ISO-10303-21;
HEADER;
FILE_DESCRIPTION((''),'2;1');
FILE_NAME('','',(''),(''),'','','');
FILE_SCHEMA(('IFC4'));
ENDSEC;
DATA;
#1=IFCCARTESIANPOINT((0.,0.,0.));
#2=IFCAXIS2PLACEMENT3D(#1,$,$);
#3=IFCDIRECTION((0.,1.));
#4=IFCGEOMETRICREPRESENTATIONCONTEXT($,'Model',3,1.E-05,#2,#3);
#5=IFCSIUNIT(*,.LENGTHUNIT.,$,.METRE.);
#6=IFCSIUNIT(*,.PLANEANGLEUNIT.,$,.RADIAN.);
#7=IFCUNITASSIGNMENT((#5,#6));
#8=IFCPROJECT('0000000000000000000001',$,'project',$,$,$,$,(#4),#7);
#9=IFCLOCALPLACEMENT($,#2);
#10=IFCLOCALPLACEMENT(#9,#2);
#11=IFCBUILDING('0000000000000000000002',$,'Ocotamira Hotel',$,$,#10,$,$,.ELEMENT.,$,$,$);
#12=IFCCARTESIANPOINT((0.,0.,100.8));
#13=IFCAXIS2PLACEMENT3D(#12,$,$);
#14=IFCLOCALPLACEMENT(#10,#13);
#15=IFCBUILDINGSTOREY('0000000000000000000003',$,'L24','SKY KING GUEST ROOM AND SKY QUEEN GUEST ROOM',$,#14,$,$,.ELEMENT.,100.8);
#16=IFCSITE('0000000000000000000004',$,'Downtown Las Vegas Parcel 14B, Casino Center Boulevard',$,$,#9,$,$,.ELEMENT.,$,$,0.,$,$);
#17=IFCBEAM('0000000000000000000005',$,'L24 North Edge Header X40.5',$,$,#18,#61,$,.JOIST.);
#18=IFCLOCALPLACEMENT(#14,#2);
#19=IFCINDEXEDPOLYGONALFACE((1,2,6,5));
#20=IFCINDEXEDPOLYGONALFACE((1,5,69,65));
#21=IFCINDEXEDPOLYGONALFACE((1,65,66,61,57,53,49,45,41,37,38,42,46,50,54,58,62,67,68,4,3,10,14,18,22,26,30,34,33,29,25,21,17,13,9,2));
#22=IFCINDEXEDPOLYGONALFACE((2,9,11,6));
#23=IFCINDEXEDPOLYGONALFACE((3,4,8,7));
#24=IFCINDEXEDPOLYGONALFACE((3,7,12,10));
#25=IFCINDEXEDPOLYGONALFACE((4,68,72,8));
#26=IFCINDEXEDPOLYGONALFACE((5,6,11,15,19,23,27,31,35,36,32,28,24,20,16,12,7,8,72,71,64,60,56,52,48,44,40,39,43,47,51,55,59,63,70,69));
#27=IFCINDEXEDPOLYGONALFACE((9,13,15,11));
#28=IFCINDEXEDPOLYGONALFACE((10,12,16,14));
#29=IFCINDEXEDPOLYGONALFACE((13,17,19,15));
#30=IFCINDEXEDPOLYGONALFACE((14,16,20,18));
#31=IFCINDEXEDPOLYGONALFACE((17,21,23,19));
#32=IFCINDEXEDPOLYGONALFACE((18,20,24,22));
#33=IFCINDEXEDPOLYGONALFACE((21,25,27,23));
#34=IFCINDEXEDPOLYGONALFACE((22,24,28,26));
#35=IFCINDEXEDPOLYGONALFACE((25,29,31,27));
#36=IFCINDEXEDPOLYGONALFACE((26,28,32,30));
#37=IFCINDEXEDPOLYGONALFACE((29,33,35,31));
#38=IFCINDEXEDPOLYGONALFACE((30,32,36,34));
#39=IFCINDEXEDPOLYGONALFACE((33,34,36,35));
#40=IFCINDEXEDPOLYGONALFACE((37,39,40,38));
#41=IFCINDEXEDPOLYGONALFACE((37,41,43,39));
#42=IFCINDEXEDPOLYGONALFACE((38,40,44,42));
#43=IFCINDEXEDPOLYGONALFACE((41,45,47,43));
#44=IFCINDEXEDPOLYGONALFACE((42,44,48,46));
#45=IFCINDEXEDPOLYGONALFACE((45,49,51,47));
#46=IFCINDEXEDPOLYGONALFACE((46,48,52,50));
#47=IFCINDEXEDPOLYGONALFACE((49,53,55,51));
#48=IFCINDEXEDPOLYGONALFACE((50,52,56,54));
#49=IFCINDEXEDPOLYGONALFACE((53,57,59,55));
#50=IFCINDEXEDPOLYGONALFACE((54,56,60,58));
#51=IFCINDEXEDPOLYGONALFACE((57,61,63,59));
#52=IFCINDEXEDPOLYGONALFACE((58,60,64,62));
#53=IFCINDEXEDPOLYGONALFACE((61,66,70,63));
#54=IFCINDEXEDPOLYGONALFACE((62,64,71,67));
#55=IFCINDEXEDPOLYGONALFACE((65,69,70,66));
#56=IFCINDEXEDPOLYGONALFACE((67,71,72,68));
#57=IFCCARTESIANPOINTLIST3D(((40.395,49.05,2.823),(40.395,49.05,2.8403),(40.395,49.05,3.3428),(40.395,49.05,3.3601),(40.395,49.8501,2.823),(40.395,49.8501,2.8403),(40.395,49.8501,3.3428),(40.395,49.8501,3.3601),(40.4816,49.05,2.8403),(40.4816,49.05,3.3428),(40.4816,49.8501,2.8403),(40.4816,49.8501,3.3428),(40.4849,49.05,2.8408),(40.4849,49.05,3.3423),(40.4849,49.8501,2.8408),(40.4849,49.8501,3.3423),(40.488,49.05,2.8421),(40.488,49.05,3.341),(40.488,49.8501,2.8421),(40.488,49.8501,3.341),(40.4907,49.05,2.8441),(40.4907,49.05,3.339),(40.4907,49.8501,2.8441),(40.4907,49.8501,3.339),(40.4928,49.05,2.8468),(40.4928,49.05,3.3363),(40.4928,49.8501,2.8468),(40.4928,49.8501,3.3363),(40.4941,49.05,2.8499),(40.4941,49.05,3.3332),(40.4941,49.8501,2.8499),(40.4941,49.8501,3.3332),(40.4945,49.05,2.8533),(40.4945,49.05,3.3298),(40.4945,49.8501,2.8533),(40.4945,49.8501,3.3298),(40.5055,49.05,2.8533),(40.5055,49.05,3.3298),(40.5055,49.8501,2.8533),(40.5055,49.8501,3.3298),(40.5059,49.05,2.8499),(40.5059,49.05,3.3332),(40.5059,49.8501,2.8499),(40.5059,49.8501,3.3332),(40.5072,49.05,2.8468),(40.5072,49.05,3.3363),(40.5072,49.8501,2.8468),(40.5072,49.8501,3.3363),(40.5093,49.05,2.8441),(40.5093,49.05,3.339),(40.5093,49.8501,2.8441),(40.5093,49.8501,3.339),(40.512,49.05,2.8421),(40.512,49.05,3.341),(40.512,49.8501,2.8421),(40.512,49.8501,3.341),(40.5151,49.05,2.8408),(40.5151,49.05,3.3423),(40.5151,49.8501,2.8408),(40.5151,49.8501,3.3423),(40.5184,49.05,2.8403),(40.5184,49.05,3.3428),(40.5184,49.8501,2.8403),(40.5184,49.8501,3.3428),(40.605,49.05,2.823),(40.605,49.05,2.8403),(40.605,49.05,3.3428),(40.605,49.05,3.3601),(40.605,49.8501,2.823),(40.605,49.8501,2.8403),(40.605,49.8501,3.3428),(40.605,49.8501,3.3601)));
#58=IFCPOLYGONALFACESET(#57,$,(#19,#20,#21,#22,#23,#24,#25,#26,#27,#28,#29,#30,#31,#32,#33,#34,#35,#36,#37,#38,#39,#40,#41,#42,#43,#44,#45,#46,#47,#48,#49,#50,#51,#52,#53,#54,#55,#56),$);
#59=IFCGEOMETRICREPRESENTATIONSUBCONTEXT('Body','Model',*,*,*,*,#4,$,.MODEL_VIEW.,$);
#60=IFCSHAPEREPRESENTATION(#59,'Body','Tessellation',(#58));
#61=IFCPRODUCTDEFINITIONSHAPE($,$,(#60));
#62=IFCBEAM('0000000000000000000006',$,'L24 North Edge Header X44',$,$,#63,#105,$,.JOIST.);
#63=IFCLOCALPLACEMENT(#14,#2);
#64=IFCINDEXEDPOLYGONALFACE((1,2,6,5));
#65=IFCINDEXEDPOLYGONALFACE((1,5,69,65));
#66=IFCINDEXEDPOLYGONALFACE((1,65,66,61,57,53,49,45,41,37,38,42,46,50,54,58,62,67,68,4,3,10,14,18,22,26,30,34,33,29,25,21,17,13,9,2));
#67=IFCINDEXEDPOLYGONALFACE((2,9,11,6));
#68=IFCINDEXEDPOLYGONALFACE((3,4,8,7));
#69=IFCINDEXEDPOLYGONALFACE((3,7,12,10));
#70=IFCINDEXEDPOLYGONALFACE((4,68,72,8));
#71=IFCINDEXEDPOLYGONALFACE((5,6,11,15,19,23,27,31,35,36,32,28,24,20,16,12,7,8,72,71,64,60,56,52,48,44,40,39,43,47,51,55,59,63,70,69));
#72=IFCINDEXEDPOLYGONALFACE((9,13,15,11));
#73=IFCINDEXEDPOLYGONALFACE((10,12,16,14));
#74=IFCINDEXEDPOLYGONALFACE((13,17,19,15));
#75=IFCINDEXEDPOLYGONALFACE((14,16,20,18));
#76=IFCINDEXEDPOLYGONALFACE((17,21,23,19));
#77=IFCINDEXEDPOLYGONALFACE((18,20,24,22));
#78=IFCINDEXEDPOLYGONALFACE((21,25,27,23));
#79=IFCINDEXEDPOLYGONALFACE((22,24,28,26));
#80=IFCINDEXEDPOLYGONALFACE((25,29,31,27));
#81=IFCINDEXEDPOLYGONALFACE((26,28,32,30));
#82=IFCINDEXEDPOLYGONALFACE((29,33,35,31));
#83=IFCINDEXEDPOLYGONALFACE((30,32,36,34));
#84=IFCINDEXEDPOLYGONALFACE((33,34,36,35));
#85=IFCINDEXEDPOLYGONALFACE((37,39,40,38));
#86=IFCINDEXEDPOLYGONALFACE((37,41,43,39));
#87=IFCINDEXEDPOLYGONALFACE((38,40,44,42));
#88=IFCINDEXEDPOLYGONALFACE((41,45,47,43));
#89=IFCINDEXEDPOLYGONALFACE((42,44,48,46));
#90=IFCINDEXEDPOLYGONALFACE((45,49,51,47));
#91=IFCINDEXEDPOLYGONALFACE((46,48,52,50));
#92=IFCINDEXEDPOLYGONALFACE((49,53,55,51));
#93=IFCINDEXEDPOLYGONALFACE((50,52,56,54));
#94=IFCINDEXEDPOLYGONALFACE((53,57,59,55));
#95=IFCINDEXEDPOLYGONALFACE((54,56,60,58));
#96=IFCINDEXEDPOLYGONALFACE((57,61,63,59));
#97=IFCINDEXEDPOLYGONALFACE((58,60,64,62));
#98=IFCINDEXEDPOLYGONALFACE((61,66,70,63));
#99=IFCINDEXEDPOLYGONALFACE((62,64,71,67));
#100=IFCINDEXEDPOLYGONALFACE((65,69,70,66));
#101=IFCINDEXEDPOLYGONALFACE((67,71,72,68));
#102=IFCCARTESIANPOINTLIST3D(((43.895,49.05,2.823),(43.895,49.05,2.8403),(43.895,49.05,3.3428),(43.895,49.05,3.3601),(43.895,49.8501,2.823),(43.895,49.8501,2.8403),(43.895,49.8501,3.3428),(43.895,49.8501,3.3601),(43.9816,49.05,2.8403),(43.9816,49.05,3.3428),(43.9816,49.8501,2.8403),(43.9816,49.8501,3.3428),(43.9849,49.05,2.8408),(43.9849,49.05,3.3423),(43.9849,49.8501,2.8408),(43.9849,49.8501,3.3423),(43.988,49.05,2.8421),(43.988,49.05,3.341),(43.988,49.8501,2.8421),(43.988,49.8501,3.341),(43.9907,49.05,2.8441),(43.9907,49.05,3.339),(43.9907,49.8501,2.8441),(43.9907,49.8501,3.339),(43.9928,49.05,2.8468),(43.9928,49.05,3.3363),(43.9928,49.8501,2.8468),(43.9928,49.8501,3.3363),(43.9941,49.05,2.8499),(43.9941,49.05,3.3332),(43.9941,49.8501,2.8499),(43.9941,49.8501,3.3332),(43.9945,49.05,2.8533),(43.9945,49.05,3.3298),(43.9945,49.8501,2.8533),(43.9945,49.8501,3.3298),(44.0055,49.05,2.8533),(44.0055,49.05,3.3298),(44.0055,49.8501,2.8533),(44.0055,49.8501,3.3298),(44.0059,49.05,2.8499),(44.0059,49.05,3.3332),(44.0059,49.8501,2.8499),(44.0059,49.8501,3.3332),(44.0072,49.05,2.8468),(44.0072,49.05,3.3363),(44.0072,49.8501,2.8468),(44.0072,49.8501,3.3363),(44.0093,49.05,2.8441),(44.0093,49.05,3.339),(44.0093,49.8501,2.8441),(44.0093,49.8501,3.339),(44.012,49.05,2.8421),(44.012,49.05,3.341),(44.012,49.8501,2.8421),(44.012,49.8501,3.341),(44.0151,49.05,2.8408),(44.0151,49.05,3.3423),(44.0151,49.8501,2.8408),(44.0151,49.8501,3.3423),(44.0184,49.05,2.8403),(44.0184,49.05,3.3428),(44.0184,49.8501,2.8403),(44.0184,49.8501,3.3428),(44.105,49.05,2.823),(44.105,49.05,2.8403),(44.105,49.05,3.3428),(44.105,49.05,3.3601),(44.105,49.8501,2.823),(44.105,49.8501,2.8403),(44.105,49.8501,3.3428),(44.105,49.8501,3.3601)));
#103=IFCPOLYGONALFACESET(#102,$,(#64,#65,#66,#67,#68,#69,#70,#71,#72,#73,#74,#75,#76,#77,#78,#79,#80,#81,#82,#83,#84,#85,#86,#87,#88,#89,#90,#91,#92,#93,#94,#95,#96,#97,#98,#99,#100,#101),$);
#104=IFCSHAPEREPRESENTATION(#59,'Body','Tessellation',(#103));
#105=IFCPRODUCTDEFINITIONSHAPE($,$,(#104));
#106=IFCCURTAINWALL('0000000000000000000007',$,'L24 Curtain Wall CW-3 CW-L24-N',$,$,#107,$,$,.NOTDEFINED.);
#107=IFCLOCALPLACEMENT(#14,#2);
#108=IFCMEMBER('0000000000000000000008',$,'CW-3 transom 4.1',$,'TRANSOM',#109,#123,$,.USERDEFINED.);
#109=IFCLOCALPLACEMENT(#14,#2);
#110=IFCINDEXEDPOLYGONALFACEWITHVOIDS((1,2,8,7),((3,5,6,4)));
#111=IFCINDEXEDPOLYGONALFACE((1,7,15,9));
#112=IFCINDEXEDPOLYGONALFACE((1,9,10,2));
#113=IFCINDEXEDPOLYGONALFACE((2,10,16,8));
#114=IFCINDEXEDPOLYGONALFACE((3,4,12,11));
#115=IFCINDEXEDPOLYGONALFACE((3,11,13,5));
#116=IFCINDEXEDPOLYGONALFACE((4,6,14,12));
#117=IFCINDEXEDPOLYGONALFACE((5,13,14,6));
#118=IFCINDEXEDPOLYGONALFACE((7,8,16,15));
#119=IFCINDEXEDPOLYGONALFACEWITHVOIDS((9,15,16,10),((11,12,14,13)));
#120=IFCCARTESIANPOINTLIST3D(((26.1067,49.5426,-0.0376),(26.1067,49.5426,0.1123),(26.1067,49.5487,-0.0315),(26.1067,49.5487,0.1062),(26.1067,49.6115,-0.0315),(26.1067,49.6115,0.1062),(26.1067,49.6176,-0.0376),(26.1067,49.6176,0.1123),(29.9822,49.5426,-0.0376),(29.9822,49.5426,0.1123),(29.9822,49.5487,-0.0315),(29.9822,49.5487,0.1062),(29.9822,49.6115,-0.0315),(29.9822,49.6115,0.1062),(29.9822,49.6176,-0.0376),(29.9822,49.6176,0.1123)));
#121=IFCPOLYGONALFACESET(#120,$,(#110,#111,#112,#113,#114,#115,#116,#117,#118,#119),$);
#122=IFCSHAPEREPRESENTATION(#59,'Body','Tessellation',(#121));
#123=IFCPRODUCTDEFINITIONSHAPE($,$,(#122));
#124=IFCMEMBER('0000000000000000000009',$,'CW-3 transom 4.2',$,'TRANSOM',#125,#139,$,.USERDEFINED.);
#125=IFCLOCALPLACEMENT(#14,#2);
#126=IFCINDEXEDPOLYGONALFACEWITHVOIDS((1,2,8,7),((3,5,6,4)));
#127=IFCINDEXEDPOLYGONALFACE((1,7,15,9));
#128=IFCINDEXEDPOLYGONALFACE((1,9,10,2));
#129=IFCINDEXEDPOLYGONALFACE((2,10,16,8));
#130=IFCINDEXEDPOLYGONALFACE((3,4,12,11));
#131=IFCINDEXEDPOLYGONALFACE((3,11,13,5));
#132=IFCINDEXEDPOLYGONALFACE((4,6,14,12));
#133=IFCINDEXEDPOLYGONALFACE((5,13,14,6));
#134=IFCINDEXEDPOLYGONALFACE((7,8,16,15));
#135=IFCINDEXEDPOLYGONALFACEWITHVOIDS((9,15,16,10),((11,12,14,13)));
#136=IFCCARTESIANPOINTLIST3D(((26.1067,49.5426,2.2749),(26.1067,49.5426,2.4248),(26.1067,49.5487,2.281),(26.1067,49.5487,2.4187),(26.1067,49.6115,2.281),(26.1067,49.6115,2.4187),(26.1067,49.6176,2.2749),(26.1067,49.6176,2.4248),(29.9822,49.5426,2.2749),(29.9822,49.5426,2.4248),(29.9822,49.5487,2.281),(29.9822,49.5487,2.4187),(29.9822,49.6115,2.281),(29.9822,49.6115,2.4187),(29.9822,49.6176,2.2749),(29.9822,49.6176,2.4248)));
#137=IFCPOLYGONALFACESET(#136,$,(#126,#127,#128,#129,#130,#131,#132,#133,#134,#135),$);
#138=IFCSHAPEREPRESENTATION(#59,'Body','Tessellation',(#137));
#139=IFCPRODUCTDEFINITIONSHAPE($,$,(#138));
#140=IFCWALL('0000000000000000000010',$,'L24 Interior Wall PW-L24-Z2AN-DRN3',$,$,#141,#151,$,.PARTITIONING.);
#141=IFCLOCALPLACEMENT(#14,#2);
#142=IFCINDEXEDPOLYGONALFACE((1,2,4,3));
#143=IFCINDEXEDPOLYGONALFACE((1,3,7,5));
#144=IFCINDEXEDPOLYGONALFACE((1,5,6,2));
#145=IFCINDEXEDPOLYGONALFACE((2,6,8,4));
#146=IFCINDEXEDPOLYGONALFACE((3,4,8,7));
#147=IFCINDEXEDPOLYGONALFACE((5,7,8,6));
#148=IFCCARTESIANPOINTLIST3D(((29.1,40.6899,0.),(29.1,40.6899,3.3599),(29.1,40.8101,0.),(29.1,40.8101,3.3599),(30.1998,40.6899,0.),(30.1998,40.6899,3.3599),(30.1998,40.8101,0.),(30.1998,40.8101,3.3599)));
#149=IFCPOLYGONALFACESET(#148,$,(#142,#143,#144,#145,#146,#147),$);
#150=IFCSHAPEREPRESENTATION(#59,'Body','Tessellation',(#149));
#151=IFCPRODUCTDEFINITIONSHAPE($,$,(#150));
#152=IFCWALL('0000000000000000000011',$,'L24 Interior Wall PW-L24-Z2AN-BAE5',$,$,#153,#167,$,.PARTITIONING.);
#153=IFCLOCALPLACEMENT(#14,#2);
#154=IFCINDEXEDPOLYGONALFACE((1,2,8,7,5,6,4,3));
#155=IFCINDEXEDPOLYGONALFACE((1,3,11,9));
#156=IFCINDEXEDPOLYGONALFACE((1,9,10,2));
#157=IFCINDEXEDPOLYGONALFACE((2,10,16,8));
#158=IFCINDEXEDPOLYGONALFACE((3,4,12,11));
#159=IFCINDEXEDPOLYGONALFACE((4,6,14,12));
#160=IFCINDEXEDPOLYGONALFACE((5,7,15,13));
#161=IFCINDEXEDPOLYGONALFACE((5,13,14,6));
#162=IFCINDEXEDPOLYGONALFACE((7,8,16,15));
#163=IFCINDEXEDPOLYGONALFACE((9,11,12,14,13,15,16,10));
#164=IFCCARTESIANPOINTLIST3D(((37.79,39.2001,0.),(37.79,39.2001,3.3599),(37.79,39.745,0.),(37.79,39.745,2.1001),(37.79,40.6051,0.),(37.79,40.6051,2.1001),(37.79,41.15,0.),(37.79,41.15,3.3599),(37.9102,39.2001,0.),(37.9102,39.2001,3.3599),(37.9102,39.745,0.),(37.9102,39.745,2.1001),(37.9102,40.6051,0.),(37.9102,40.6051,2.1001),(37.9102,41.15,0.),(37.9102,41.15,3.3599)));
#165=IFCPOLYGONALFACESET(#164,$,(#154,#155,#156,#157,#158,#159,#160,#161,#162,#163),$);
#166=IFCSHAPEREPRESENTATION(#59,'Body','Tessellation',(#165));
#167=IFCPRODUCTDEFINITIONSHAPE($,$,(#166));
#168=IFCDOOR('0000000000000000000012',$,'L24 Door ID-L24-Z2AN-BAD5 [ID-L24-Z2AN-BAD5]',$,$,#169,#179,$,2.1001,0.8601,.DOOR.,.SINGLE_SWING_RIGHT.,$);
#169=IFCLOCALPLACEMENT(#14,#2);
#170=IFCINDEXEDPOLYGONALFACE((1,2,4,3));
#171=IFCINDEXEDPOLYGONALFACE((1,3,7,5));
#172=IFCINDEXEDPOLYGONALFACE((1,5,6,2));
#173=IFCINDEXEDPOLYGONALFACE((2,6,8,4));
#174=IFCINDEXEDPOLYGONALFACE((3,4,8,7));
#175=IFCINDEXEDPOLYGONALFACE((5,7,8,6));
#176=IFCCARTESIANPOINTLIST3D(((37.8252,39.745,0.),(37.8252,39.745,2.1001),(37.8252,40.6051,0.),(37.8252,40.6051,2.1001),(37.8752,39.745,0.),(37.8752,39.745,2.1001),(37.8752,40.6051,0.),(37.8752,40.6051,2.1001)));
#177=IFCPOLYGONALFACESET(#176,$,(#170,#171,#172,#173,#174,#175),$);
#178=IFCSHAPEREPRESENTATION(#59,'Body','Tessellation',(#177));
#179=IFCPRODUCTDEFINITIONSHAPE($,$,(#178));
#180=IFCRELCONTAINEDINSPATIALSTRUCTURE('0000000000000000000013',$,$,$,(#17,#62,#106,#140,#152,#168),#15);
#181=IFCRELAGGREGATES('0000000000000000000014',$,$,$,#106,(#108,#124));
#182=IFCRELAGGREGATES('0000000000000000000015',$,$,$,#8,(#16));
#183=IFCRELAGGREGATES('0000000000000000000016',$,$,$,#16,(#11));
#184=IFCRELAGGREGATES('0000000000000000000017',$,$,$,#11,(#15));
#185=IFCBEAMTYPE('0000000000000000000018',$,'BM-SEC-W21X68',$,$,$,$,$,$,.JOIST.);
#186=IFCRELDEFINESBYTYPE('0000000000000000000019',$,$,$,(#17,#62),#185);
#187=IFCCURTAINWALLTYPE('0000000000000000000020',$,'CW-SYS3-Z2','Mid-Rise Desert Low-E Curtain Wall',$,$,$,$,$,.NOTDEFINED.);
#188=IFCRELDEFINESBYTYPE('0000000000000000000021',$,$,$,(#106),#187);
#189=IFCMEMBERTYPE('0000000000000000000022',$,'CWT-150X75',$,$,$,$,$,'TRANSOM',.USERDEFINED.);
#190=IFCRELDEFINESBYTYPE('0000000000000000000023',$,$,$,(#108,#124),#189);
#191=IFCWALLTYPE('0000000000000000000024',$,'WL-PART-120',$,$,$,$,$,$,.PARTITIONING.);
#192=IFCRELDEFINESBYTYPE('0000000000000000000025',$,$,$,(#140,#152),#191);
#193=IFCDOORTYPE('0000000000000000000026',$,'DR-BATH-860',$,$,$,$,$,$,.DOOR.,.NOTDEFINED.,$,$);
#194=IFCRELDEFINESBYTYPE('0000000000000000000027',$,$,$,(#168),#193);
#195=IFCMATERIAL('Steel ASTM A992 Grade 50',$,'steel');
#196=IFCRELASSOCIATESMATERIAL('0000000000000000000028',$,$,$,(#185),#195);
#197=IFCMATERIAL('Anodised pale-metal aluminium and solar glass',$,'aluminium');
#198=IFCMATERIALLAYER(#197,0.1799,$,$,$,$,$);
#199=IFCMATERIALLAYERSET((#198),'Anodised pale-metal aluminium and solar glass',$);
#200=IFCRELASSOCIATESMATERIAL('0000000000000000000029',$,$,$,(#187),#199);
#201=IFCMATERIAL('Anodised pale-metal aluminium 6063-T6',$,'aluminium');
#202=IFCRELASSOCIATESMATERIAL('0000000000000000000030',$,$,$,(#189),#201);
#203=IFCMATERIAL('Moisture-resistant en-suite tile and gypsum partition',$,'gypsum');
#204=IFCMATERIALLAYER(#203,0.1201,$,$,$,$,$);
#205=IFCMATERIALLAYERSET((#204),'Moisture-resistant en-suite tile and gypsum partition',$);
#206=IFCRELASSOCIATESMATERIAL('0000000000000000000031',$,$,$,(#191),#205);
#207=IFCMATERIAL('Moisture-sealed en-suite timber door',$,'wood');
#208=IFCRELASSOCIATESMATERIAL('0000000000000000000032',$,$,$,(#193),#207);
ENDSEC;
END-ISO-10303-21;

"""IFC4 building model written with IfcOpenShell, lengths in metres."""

from ifc_helpers import new_model, si_unit, direction, frame, frame_2d, origin, origin_2d, place, context, subcontext, project, spatial, rectangle, hollow_rectangle, i_section, extrude, source, transform, mapped, material, layer, layer_set, material_profile, profile_set, type_object, element, fill, aggregate, save


model = new_model("IFC4")

# Units and contexts
model_context = context("Model", 3, precision=1e-05, world=origin(), true_north=direction((0.0, 1.0)))
body_context = subcontext(model_context, "Body", "Model", "MODEL_VIEW")
ifc_project = project(units=[si_unit("LENGTHUNIT", "METRE"), si_unit("PLANEANGLEUNIT", "RADIAN")], contexts=[model_context])

# Site, building, storey
site_placement = place(None, origin())
site = spatial("IfcSite", under=ifc_project, at=site_placement, Name="Downtown Las Vegas Parcel 14B, Casino Center Boulevard", CompositionType="ELEMENT", RefElevation=0.0)
building_placement = place(site_placement, origin())
building = spatial("IfcBuilding", under=site, at=building_placement, Name="Ocotamira Hotel", CompositionType="ELEMENT")
storey_placement = place(building_placement, frame((0.0, 0.0, 100.8)))
storey = spatial("IfcBuildingStorey", under=building, at=storey_placement, Name="L24", Description="SKY KING GUEST ROOM AND SKY QUEEN GUEST ROOM", CompositionType="ELEMENT", Elevation=100.8)

# Beams
ifc_material_1 = material(Name="Steel ASTM A992 Grade 50", Category="steel")
ifc_material_profile_1 = material_profile(ifc_material_1, i_section(OverallWidth=0.21, OverallDepth=0.5371, WebThickness=0.011, FlangeThickness=0.0173, FilletRadius=0.0129, at=origin_2d()), Name="W21X68")
ifc_profile_set_1 = profile_set([ifc_material_profile_1], Name="Steel ASTM A992 Grade 50")
beam_type_1 = type_object("IfcBeamType", Name="BM-SEC-W21X68", PredefinedType="JOIST", material=ifc_profile_set_1)
shared_shape_1 = source(origin(), body_context, "Body", "SweptSolid", [
    extrude(i_section(OverallWidth=0.21, OverallDepth=0.5371, WebThickness=0.011, FlangeThickness=0.0173, FilletRadius=0.0129, at=origin_2d()), origin(), (0.0, 0.0, 1.0), 0.8),
])
for number, where, z_axis, x_axis, name in (
    (1, (40.5, 49.05, 3.0916), (0.0, 1.0, 0.0), (-1.0, 0.0, 0.0), "L24 North Edge Header X40.5"),
    (2, (44.0, 49.05, 3.0916), (0.0, 1.0, 0.0), (-1.0, 0.0, 0.0), "L24 North Edge Header X44"),
):
    element("IfcBeam", number, at=place(storey_placement, frame(where, z_axis=z_axis, x_axis=x_axis)), inside=storey, type_object=beam_type_1, Name=name, PredefinedType="JOIST", context=body_context, shape_type="MappedRepresentation", body=[
        mapped(shared_shape_1, transform((0.0, 0.0, 0.0), scale=1.0)),
    ])

# Curtain wall, members
ifc_material_2 = material(Name="Anodised pale-metal aluminium and solar glass", Category="aluminium")
ifc_layer_1 = layer(ifc_material_2, 0.1799)
ifc_layer_set_1 = layer_set([ifc_layer_1], Name="Anodised pale-metal aluminium and solar glass")
curtain_wall_type = type_object("IfcCurtainWallType", Name="CW-SYS3-Z2", Description="Mid-Rise Desert Low-E Curtain Wall", PredefinedType="NOTDEFINED", material=ifc_layer_set_1)
curtain_wall_placement = place(storey_placement, origin())
curtain_wall = element("IfcCurtainWall", 3, at=curtain_wall_placement, inside=storey, type_object=curtain_wall_type, Name="L24 Curtain Wall CW-3 CW-L24-N", PredefinedType="NOTDEFINED")
ifc_material_3 = material(Name="Anodised pale-metal aluminium 6063-T6", Category="aluminium")
ifc_material_profile_2 = material_profile(ifc_material_3, hollow_rectangle(XDim=0.075, YDim=0.1499, WallThickness=0.0061, at=origin_2d()), Name="HSS150X75X6")
ifc_profile_set_2 = profile_set([ifc_material_profile_2], Name="Anodised pale-metal aluminium 6063-T6")
member_type = type_object("IfcMemberType", Name="CWT-150X75", ElementType="TRANSOM", PredefinedType="USERDEFINED", material=ifc_profile_set_2)
shared_shape_2 = source(origin(), body_context, "Body", "SweptSolid", [
    extrude(hollow_rectangle(XDim=0.075, YDim=0.1499, WallThickness=0.0061, at=origin_2d()), origin(), (0.0, 0.0, 1.0), 3.8755),
])
member_1_placement = place(storey_placement, frame((26.1067, 49.5801, 0.0374), z_axis=(1.0, 0.0, 0.0), x_axis=(0.0, 1.0, 0.0)))
member_1 = element("IfcMember", 4, at=member_1_placement, type_object=member_type, Name="CW-3 transom 4.1", ObjectType="TRANSOM", PredefinedType="USERDEFINED", context=body_context, shape_type="MappedRepresentation", body=[
    mapped(shared_shape_2, transform((0.0, 0.0, 0.0), scale=1.0)),
])
member_2_placement = place(storey_placement, frame((26.1067, 49.5801, 2.3499), z_axis=(1.0, 0.0, 0.0), x_axis=(0.0, 1.0, 0.0)))
member_2 = element("IfcMember", 5, at=member_2_placement, type_object=member_type, Name="CW-3 transom 4.2", ObjectType="TRANSOM", PredefinedType="USERDEFINED", context=body_context, shape_type="MappedRepresentation", body=[
    mapped(shared_shape_2, transform((0.0, 0.0, 0.0), scale=1.0)),
])
aggregate(curtain_wall, [member_1, member_2])

# Wall
ifc_material_4 = material(Name="Moisture-resistant en-suite tile and gypsum partition", Category="gypsum")
ifc_layer_2 = layer(ifc_material_4, 0.1201)
ifc_layer_set_2 = layer_set([ifc_layer_2], Name="Moisture-resistant en-suite tile and gypsum partition")
wall_type_1 = type_object("IfcWallType", Name="WL-PART-120", PredefinedType="PARTITIONING", material=ifc_layer_set_2)
wall_1_placement = place(storey_placement, frame((29.1001, 40.75, 0.0), z_axis=(0.0, 0.0, 1.0), x_axis=(1.0, 0.0, 0.0)))
element("IfcWall", 6, at=wall_1_placement, inside=storey, type_object=wall_type_1, Name="L24 Interior Wall PW-L24-Z2AN-DRN3", PredefinedType="PARTITIONING", context=body_context, shape_type="SweptSolid", body=[
    extrude(rectangle(XDim=1.0999, YDim=0.1201, at=frame_2d((0.5498, 0.0))), origin(), (0.0, 0.0, 1.0), 3.3599),
])

# Wall, opening, door
wall_2_placement = place(storey_placement, frame((37.8501, 39.2, 0.0), z_axis=(0.0, 0.0, 1.0), x_axis=(0.0, 1.0, 0.0)))
wall_2 = element("IfcWall", 7, at=wall_2_placement, inside=storey, type_object=wall_type_1, Name="L24 Interior Wall PW-L24-Z2AN-BAE5", PredefinedType="PARTITIONING", context=body_context, shape_type="SweptSolid", body=[
    extrude(rectangle(XDim=1.95, YDim=0.1201, at=frame_2d((0.9751, 0.0))), origin(), (0.0, 0.0, 1.0), 3.3599),
])
opening_1_placement = place(wall_2_placement, frame((0.5449, 0.0, 0.0)))
opening_1 = element("IfcOpeningElement", 8, at=opening_1_placement, cuts=wall_2, PredefinedType="OPENING", context=body_context, shape_type="SweptSolid", body=[
    extrude(rectangle(XDim=0.8601, YDim=2.1001, at=frame_2d((0.4302, 1.05))), frame((0.0, 0.0701, 0.0), z_axis=(0.0, -1.0, 0.0), x_axis=(1.0, 0.0, 0.0)), (0.0, 0.0, 1.0), 0.1401),
])
ifc_material_5 = material(Name="Moisture-sealed en-suite timber door", Category="wood")
door_type = type_object("IfcDoorType", Name="DR-BATH-860", OperationType="NOTDEFINED", PredefinedType="DOOR", material=ifc_material_5)
shared_shape_3 = source(origin(), body_context, "Body", "SweptSolid", [
    extrude(rectangle(XDim=0.8601, YDim=2.1001, at=frame_2d((0.4302, 1.05))), frame((0.0, 0.0249, 0.0), z_axis=(0.0, -1.0, 0.0), x_axis=(1.0, 0.0, 0.0)), (0.0, 0.0, 1.0), 0.05),
])
door_1_placement = place(opening_1_placement, origin())
door_1 = element("IfcDoor", 9, at=door_1_placement, inside=storey, type_object=door_type, Name="L24 Door ID-L24-Z2AN-BAD5 [ID-L24-Z2AN-BAD5]", OperationType="SINGLE_SWING_RIGHT", OverallHeight=2.1001, OverallWidth=0.8601, PredefinedType="DOOR", context=body_context, shape_type="MappedRepresentation", body=[
    mapped(shared_shape_3, transform((0.0, 0.0, 0.0), scale=1.0)),
])
fill(opening_1, door_1)

save(model, "model.ifc")
